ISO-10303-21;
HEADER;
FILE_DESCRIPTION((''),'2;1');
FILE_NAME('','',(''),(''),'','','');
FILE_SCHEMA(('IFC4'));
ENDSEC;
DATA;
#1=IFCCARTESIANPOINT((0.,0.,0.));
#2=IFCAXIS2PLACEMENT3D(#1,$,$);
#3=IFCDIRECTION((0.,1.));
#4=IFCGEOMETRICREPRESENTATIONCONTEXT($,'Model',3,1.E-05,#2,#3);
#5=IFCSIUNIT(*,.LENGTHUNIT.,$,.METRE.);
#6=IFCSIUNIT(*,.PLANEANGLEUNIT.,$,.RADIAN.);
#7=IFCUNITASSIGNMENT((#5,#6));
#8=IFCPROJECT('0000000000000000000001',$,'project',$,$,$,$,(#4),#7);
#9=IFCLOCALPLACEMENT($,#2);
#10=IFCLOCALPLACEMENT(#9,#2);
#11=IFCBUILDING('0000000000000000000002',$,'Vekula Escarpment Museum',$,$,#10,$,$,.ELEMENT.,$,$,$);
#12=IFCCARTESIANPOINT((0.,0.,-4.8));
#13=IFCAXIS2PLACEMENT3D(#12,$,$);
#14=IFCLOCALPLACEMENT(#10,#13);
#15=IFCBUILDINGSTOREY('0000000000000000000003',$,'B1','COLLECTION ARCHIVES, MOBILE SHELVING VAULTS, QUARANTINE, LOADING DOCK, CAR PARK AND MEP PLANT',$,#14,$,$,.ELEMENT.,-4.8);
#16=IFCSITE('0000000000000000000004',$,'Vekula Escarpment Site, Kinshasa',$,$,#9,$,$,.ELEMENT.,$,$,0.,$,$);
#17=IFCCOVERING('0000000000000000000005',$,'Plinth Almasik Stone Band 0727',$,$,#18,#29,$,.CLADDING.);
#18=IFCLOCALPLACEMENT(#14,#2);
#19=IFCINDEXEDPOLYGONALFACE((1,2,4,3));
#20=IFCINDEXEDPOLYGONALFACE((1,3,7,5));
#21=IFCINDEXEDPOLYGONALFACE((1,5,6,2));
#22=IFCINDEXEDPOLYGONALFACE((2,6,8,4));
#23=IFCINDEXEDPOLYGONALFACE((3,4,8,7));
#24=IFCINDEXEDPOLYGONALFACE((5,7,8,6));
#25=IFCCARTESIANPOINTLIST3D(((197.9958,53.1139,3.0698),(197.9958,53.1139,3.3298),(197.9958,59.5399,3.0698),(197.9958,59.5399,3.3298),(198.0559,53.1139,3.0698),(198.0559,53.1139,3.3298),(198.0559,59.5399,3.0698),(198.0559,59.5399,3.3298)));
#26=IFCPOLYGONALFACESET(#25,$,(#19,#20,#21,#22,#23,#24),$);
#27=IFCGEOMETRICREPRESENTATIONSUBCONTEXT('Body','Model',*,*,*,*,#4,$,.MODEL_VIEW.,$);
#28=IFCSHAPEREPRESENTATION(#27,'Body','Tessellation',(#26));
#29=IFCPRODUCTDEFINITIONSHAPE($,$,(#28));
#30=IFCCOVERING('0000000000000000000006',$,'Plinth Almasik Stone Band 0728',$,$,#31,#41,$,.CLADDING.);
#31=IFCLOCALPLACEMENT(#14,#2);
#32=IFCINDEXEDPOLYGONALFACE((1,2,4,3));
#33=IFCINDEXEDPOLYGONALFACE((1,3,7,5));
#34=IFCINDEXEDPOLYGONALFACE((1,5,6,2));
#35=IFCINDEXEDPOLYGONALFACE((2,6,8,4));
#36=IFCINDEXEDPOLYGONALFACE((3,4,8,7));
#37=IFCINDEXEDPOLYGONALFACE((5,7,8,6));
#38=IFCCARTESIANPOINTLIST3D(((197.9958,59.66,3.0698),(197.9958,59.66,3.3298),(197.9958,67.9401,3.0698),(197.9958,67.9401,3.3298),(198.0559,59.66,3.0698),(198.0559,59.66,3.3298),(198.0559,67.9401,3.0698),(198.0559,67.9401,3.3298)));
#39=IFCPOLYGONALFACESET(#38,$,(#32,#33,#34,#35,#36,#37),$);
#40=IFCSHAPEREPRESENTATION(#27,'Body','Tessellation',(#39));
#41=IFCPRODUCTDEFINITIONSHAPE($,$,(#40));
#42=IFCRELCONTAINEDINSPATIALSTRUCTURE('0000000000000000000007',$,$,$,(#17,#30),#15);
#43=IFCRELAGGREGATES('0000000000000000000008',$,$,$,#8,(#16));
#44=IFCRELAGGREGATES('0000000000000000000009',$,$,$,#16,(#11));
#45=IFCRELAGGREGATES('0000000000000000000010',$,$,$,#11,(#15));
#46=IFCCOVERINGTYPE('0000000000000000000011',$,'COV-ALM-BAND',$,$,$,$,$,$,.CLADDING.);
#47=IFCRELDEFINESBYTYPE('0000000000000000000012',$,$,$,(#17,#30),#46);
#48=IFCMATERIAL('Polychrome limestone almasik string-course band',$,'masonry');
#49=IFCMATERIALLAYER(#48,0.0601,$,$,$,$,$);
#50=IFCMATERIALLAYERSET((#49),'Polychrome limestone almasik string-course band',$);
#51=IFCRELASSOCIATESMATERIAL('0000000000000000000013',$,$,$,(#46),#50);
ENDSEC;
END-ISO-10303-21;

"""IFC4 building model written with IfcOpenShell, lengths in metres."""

from ifc_helpers import new_model, si_unit, direction, frame, origin, origin_2d, place, context, subcontext, project, spatial, rectangle, extrude, material, layer, layer_set, type_object, element, save


model = new_model("IFC4")

# Units and contexts
model_context = context("Model", 3, precision=1e-05, world=origin(), true_north=direction((0.0, 1.0)))
body_context = subcontext(model_context, "Body", "Model", "MODEL_VIEW")
ifc_project = project(units=[si_unit("LENGTHUNIT", "METRE"), si_unit("PLANEANGLEUNIT", "RADIAN")], contexts=[model_context])

# Site, building, storey
site_placement = place(None, origin())
site = spatial("IfcSite", under=ifc_project, at=site_placement, Name="Vekula Escarpment Site, Kinshasa", CompositionType="ELEMENT", RefElevation=0.0)
building_placement = place(site_placement, origin())
building = spatial("IfcBuilding", under=site, at=building_placement, Name="Vekula Escarpment Museum", CompositionType="ELEMENT")
storey_placement = place(building_placement, frame((0.0, 0.0, -4.8)))
storey = spatial("IfcBuildingStorey", under=building, at=storey_placement, Name="B1", Description="COLLECTION ARCHIVES, MOBILE SHELVING VAULTS, QUARANTINE, LOADING DOCK, CAR PARK AND MEP PLANT", CompositionType="ELEMENT", Elevation=-4.8)

# Coverings
ifc_material_1 = material(Name="Polychrome limestone almasik string-course band", Category="masonry")
ifc_layer_1 = layer(ifc_material_1, 0.0601)
ifc_layer_set_1 = layer_set([ifc_layer_1], Name="Polychrome limestone almasik string-course band")
covering_type = type_object("IfcCoveringType", Name="COV-ALM-BAND", PredefinedType="CLADDING", material=ifc_layer_set_1)
covering_1_placement = place(storey_placement, frame((198.0259, 56.3269, 3.0698), z_axis=(0.0, 0.0, 1.0), x_axis=(0.0, 1.0, 0.0)))
element("IfcCovering", 1, at=covering_1_placement, inside=storey, type_object=covering_type, Name="Plinth Almasik Stone Band 0727", PredefinedType="CLADDING", context=body_context, shape_type="SweptSolid", body=[
    extrude(rectangle(XDim=6.426, YDim=0.0601, at=origin_2d()), origin(), (0.0, 0.0, 1.0), 0.26),
])
covering_2_placement = place(storey_placement, frame((198.0259, 63.8, 3.0698), z_axis=(0.0, 0.0, 1.0), x_axis=(0.0, 1.0, 0.0)))
element("IfcCovering", 2, at=covering_2_placement, inside=storey, type_object=covering_type, Name="Plinth Almasik Stone Band 0728", PredefinedType="CLADDING", context=body_context, shape_type="SweptSolid", body=[
    extrude(rectangle(XDim=8.28, YDim=0.0601, at=origin_2d()), origin(), (0.0, 0.0, 1.0), 0.26),
])

save(model, "model.ifc")
